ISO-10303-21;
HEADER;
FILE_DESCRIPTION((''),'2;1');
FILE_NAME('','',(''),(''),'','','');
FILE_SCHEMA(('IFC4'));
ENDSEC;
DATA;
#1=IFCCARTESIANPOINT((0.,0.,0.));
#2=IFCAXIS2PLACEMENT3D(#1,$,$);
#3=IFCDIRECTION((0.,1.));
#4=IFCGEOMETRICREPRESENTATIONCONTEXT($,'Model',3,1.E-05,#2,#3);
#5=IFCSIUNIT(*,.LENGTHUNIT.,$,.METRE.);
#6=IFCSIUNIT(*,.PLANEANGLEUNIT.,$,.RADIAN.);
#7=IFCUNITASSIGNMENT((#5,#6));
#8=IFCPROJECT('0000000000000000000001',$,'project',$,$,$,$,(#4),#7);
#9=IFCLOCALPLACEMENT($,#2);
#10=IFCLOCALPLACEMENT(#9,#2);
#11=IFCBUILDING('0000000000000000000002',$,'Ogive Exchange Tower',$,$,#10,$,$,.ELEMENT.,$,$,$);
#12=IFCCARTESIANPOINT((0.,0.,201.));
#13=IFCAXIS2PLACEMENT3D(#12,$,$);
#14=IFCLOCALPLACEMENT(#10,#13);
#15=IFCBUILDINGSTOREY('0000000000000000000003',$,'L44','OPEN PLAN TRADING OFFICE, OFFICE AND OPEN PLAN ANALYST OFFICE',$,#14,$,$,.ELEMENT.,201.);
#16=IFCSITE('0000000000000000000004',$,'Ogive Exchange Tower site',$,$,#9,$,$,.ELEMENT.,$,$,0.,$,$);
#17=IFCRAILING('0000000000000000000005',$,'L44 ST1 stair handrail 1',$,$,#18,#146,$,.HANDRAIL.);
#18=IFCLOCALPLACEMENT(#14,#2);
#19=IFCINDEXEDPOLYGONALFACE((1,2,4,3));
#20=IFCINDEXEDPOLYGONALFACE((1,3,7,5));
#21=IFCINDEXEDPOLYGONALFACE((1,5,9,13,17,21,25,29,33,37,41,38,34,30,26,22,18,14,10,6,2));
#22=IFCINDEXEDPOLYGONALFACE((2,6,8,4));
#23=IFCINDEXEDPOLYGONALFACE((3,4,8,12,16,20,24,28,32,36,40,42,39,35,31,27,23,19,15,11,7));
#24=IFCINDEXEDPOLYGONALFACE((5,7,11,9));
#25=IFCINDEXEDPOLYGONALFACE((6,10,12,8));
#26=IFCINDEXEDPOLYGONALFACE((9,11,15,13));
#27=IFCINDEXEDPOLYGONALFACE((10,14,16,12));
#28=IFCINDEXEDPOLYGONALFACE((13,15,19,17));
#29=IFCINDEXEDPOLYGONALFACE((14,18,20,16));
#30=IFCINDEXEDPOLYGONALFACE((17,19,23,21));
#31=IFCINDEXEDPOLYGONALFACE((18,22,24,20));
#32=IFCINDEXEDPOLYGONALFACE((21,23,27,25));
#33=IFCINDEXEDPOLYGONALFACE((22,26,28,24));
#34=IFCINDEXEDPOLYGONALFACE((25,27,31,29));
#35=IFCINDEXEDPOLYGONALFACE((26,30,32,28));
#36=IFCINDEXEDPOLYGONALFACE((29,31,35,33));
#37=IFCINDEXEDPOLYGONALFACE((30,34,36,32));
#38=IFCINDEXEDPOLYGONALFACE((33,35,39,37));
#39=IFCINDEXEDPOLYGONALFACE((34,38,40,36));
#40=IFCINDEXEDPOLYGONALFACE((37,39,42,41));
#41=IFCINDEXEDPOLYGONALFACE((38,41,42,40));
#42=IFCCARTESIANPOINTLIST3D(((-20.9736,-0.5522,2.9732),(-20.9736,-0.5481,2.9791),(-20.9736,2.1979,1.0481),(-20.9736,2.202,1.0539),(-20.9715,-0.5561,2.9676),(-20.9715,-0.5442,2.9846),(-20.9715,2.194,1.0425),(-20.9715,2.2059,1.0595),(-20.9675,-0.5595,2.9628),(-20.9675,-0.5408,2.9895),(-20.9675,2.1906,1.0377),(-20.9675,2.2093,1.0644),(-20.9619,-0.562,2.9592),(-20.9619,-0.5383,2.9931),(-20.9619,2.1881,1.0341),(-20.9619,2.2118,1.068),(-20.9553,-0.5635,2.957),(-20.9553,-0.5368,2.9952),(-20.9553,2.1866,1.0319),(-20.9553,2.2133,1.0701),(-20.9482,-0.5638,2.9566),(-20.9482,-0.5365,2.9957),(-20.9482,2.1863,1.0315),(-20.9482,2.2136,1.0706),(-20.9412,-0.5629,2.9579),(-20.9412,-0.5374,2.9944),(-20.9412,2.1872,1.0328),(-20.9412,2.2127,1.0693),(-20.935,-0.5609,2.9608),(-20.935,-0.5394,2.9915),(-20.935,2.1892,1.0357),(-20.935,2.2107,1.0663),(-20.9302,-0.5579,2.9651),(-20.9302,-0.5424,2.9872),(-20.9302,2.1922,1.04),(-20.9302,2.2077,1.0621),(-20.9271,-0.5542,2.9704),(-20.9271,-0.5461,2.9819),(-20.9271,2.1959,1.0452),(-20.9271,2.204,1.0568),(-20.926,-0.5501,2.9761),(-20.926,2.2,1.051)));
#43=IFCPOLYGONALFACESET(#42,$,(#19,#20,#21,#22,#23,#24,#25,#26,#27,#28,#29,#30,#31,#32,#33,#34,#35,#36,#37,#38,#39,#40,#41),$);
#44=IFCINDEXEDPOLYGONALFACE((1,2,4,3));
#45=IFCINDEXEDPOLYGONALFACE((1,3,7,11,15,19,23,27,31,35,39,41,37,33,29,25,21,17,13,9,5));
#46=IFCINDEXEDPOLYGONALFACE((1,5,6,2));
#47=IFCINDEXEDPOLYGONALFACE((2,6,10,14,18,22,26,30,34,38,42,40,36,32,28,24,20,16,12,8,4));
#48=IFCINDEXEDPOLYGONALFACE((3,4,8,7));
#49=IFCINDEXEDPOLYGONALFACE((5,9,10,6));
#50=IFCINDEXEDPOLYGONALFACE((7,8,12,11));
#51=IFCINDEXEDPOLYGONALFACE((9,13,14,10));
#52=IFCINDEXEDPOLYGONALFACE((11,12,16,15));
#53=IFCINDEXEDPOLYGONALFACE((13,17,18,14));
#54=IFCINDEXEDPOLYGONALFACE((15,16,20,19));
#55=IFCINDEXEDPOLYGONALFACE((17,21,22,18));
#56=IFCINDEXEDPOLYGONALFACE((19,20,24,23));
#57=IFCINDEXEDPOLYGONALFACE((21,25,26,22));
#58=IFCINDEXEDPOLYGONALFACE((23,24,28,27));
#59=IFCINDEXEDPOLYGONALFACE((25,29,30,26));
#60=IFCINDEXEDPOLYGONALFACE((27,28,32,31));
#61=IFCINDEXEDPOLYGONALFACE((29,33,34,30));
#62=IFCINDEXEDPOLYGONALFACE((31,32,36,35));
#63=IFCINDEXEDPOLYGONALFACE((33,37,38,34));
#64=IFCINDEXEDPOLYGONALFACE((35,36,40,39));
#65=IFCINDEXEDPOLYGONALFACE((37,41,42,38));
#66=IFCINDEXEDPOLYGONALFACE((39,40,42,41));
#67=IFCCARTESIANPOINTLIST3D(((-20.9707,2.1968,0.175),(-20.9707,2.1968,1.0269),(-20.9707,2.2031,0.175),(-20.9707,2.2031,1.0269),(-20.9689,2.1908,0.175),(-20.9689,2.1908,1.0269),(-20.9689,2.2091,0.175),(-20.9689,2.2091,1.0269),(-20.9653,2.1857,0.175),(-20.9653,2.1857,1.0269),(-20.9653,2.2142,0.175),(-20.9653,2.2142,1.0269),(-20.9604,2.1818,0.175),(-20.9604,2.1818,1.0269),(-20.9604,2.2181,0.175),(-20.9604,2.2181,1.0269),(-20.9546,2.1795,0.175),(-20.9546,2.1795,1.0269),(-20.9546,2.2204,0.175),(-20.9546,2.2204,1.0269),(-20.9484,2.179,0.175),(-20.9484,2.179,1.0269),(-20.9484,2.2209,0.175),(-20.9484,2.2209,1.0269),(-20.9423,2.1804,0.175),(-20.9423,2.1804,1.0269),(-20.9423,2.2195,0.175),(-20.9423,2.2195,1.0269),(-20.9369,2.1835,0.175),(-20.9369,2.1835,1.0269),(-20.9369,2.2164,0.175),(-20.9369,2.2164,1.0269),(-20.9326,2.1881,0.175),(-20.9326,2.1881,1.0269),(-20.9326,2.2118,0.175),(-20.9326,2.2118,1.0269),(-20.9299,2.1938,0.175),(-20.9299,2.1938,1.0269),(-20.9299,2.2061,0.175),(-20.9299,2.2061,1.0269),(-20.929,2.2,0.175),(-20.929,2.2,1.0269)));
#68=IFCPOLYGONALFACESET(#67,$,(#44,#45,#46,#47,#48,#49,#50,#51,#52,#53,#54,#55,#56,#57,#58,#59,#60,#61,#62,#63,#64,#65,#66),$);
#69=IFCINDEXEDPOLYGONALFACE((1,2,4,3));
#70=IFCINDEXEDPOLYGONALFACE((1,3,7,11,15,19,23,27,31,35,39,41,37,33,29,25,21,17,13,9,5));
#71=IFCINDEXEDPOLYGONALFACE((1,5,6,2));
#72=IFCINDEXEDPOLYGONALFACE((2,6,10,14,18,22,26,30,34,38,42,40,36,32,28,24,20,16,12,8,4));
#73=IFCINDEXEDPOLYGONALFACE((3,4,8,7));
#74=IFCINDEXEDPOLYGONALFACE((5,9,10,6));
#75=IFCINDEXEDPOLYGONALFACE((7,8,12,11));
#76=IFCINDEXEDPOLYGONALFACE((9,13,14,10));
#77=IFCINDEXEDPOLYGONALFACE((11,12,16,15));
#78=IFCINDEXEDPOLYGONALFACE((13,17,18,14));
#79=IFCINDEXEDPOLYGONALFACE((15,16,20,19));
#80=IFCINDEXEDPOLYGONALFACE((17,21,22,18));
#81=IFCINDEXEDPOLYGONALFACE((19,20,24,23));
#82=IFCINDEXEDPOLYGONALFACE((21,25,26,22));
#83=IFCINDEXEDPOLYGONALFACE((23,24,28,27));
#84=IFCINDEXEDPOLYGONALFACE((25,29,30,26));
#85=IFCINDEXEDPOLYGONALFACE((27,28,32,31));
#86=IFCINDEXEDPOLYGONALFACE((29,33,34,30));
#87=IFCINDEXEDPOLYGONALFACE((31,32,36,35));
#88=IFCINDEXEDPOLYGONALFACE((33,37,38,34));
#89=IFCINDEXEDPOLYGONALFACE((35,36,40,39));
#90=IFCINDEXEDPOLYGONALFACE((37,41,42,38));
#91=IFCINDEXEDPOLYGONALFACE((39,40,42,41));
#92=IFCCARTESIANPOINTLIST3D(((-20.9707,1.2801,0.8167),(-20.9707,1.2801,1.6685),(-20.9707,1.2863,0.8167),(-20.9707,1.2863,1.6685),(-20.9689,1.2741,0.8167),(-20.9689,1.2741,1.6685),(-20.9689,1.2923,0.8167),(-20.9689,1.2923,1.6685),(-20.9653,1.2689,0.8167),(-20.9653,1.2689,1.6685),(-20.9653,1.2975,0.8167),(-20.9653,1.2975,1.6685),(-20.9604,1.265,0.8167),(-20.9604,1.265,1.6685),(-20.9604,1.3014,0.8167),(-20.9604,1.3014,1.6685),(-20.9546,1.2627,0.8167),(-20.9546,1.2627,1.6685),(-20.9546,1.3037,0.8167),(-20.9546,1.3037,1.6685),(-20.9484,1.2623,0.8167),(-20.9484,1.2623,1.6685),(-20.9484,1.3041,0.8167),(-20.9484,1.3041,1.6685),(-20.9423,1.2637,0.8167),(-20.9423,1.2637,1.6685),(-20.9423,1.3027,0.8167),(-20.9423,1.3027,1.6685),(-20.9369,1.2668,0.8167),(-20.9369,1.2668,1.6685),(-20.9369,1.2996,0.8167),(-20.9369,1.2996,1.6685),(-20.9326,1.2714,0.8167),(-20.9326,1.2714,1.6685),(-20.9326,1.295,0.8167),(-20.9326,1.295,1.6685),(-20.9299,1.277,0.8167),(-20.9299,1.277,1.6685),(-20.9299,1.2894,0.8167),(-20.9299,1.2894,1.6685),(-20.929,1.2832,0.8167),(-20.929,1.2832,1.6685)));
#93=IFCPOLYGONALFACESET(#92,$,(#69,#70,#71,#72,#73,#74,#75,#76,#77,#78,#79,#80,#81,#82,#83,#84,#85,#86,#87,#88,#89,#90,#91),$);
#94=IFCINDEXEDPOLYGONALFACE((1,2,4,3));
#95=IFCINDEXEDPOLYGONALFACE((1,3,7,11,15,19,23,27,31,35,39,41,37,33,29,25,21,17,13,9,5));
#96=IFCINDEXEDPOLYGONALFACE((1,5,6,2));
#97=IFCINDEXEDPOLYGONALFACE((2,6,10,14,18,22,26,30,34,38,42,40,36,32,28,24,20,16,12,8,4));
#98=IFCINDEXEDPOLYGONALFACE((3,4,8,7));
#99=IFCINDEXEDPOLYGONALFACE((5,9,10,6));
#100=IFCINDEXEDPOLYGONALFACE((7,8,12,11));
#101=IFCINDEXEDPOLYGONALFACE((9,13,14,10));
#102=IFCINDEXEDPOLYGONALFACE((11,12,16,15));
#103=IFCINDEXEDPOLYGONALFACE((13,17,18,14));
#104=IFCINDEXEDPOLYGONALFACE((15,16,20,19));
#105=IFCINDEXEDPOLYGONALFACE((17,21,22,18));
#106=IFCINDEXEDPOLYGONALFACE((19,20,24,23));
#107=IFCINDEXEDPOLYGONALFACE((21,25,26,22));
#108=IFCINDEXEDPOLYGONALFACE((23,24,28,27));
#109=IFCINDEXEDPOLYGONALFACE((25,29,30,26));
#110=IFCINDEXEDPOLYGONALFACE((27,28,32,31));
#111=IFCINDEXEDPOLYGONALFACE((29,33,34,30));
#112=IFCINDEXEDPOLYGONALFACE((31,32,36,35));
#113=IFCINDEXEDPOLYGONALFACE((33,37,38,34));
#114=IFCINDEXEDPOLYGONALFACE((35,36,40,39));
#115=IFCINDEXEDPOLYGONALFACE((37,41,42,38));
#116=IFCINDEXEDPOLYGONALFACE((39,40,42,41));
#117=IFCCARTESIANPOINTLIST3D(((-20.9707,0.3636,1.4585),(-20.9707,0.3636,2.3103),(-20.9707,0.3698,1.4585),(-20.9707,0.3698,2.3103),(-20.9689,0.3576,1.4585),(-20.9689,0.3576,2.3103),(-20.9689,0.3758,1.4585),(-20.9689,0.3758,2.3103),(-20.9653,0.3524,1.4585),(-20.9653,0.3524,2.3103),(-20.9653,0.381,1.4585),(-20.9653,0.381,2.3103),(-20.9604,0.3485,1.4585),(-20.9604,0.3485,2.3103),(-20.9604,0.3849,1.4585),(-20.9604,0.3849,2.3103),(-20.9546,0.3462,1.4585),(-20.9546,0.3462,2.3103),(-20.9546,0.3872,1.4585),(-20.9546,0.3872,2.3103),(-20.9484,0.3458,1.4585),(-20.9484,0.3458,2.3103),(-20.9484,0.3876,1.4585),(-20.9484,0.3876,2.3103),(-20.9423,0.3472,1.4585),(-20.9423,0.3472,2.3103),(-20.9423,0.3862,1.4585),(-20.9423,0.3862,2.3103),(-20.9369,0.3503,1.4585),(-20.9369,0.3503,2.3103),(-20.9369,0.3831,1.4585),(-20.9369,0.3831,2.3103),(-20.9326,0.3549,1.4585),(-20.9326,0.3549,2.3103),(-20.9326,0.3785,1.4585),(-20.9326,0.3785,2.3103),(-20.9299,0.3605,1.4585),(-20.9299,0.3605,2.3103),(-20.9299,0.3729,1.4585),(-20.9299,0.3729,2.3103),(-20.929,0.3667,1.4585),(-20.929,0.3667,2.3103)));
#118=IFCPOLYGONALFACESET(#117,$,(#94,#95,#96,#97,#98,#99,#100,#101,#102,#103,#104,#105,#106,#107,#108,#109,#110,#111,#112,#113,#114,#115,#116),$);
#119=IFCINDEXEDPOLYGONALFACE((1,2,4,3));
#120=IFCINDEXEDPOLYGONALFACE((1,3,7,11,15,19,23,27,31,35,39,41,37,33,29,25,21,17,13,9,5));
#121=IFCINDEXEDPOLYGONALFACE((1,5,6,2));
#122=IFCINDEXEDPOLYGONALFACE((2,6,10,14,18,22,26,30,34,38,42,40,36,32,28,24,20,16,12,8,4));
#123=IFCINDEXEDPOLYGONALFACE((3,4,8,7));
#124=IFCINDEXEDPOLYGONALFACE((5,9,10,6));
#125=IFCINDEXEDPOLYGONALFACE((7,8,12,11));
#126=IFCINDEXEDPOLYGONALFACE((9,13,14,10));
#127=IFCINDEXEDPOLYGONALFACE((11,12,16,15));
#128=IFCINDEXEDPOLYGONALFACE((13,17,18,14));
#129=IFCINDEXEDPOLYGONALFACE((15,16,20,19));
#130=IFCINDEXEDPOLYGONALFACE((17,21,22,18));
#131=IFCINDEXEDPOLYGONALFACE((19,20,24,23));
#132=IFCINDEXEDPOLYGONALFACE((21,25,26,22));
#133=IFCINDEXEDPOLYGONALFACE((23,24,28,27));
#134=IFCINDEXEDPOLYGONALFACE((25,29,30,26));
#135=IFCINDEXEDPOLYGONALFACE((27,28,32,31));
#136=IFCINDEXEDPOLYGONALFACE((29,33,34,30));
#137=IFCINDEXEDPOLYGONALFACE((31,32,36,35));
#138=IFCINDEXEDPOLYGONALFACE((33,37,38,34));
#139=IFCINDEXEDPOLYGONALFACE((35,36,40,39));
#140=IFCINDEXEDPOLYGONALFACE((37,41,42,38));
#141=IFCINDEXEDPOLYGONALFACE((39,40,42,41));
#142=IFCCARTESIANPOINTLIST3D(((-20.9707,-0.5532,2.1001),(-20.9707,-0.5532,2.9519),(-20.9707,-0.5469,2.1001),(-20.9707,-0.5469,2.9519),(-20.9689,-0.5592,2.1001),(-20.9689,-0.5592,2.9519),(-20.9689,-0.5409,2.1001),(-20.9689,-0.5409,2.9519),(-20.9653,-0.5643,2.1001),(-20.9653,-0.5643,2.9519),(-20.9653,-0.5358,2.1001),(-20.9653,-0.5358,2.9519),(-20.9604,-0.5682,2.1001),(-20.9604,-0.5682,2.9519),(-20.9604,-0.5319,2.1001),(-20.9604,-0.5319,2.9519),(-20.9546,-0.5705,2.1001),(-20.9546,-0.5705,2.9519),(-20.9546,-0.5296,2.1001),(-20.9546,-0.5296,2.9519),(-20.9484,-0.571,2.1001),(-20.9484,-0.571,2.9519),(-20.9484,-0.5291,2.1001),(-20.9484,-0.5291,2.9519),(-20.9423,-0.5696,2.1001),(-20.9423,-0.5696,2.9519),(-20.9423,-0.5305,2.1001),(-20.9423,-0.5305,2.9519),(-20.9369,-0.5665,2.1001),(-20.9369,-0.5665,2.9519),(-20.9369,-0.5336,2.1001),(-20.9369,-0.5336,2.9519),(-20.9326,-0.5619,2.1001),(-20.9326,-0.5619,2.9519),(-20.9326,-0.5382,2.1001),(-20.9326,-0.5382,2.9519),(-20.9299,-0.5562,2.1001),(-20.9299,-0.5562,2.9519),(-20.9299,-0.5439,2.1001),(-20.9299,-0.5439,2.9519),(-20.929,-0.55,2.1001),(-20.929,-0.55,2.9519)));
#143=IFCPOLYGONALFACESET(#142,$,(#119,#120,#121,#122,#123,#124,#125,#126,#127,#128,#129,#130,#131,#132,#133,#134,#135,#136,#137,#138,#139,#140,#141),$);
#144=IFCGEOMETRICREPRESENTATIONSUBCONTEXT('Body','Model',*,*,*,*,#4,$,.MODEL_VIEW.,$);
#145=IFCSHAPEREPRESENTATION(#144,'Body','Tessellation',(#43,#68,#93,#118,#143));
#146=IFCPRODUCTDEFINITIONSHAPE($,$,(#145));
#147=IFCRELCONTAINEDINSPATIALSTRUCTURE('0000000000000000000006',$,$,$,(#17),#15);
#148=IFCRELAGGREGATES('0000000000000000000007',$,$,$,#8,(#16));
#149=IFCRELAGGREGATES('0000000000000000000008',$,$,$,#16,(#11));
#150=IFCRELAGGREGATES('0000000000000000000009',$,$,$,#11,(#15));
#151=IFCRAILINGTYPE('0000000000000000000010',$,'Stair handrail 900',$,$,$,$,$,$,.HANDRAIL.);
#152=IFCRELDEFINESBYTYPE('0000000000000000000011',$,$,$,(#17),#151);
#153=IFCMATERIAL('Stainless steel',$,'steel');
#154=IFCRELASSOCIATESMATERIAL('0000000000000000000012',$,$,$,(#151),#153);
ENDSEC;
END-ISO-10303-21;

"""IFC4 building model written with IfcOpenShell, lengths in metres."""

from ifc_helpers import new_model, si_unit, direction, frame, origin, origin_2d, place, context, subcontext, project, spatial, circle, extrude, material, type_object, element, save


model = new_model("IFC4")

# Units and contexts
model_context = context("Model", 3, precision=1e-05, world=origin(), true_north=direction((0.0, 1.0)))
body_context = subcontext(model_context, "Body", "Model", "MODEL_VIEW")
ifc_project = project(units=[si_unit("LENGTHUNIT", "METRE"), si_unit("PLANEANGLEUNIT", "RADIAN")], contexts=[model_context])

# Site, building, storey
site_placement = place(None, origin())
site = spatial("IfcSite", under=ifc_project, at=site_placement, Name="Ogive Exchange Tower site", CompositionType="ELEMENT", RefElevation=0.0)
building_placement = place(site_placement, origin())
building = spatial("IfcBuilding", under=site, at=building_placement, Name="Ogive Exchange Tower", CompositionType="ELEMENT")
storey_placement = place(building_placement, frame((0.0, 0.0, 201.0)))
storey = spatial("IfcBuildingStorey", under=building, at=storey_placement, Name="L44", Description="OPEN PLAN TRADING OFFICE, OFFICE AND OPEN PLAN ANALYST OFFICE", CompositionType="ELEMENT", Elevation=201.0)

# Shared definitions
ifc_material_1 = material(Name="Stainless steel", Category="steel")

# Railing
railing_type = type_object("IfcRailingType", Name="Stair handrail 900", PredefinedType="HANDRAIL", material=ifc_material_1)
railing_1_placement = place(storey_placement, frame((-20.95, 2.2, 0.175)))
element("IfcRailing", 1, at=railing_1_placement, inside=storey, type_object=railing_type, Name="L44 ST1 stair handrail 1", PredefinedType="HANDRAIL", context=body_context, shape_type="SweptSolid", body=[
    extrude(circle(Radius=0.0239, at=origin_2d()), frame((0.0, 0.0, 0.876), z_axis=(0.0, -0.819225, 0.573472), x_axis=(1.0, 0.0, 0.0)), (0.0, 0.0, 1.0), 3.3569),
    extrude(circle(Radius=0.021, at=origin_2d()), origin(), (0.0, 0.0, 1.0), 0.8518),
    extrude(circle(Radius=0.021, at=origin_2d()), frame((0.0, -0.9167, 0.6416)), (0.0, 0.0, 1.0), 0.8518),
    extrude(circle(Radius=0.021, at=origin_2d()), frame((0.0, -1.8333, 1.2834)), (0.0, 0.0, 1.0), 0.8518),
    extrude(circle(Radius=0.021, at=origin_2d()), frame((0.0, -2.75, 1.925)), (0.0, 0.0, 1.0), 0.8518),
])

save(model, "model.ifc")
